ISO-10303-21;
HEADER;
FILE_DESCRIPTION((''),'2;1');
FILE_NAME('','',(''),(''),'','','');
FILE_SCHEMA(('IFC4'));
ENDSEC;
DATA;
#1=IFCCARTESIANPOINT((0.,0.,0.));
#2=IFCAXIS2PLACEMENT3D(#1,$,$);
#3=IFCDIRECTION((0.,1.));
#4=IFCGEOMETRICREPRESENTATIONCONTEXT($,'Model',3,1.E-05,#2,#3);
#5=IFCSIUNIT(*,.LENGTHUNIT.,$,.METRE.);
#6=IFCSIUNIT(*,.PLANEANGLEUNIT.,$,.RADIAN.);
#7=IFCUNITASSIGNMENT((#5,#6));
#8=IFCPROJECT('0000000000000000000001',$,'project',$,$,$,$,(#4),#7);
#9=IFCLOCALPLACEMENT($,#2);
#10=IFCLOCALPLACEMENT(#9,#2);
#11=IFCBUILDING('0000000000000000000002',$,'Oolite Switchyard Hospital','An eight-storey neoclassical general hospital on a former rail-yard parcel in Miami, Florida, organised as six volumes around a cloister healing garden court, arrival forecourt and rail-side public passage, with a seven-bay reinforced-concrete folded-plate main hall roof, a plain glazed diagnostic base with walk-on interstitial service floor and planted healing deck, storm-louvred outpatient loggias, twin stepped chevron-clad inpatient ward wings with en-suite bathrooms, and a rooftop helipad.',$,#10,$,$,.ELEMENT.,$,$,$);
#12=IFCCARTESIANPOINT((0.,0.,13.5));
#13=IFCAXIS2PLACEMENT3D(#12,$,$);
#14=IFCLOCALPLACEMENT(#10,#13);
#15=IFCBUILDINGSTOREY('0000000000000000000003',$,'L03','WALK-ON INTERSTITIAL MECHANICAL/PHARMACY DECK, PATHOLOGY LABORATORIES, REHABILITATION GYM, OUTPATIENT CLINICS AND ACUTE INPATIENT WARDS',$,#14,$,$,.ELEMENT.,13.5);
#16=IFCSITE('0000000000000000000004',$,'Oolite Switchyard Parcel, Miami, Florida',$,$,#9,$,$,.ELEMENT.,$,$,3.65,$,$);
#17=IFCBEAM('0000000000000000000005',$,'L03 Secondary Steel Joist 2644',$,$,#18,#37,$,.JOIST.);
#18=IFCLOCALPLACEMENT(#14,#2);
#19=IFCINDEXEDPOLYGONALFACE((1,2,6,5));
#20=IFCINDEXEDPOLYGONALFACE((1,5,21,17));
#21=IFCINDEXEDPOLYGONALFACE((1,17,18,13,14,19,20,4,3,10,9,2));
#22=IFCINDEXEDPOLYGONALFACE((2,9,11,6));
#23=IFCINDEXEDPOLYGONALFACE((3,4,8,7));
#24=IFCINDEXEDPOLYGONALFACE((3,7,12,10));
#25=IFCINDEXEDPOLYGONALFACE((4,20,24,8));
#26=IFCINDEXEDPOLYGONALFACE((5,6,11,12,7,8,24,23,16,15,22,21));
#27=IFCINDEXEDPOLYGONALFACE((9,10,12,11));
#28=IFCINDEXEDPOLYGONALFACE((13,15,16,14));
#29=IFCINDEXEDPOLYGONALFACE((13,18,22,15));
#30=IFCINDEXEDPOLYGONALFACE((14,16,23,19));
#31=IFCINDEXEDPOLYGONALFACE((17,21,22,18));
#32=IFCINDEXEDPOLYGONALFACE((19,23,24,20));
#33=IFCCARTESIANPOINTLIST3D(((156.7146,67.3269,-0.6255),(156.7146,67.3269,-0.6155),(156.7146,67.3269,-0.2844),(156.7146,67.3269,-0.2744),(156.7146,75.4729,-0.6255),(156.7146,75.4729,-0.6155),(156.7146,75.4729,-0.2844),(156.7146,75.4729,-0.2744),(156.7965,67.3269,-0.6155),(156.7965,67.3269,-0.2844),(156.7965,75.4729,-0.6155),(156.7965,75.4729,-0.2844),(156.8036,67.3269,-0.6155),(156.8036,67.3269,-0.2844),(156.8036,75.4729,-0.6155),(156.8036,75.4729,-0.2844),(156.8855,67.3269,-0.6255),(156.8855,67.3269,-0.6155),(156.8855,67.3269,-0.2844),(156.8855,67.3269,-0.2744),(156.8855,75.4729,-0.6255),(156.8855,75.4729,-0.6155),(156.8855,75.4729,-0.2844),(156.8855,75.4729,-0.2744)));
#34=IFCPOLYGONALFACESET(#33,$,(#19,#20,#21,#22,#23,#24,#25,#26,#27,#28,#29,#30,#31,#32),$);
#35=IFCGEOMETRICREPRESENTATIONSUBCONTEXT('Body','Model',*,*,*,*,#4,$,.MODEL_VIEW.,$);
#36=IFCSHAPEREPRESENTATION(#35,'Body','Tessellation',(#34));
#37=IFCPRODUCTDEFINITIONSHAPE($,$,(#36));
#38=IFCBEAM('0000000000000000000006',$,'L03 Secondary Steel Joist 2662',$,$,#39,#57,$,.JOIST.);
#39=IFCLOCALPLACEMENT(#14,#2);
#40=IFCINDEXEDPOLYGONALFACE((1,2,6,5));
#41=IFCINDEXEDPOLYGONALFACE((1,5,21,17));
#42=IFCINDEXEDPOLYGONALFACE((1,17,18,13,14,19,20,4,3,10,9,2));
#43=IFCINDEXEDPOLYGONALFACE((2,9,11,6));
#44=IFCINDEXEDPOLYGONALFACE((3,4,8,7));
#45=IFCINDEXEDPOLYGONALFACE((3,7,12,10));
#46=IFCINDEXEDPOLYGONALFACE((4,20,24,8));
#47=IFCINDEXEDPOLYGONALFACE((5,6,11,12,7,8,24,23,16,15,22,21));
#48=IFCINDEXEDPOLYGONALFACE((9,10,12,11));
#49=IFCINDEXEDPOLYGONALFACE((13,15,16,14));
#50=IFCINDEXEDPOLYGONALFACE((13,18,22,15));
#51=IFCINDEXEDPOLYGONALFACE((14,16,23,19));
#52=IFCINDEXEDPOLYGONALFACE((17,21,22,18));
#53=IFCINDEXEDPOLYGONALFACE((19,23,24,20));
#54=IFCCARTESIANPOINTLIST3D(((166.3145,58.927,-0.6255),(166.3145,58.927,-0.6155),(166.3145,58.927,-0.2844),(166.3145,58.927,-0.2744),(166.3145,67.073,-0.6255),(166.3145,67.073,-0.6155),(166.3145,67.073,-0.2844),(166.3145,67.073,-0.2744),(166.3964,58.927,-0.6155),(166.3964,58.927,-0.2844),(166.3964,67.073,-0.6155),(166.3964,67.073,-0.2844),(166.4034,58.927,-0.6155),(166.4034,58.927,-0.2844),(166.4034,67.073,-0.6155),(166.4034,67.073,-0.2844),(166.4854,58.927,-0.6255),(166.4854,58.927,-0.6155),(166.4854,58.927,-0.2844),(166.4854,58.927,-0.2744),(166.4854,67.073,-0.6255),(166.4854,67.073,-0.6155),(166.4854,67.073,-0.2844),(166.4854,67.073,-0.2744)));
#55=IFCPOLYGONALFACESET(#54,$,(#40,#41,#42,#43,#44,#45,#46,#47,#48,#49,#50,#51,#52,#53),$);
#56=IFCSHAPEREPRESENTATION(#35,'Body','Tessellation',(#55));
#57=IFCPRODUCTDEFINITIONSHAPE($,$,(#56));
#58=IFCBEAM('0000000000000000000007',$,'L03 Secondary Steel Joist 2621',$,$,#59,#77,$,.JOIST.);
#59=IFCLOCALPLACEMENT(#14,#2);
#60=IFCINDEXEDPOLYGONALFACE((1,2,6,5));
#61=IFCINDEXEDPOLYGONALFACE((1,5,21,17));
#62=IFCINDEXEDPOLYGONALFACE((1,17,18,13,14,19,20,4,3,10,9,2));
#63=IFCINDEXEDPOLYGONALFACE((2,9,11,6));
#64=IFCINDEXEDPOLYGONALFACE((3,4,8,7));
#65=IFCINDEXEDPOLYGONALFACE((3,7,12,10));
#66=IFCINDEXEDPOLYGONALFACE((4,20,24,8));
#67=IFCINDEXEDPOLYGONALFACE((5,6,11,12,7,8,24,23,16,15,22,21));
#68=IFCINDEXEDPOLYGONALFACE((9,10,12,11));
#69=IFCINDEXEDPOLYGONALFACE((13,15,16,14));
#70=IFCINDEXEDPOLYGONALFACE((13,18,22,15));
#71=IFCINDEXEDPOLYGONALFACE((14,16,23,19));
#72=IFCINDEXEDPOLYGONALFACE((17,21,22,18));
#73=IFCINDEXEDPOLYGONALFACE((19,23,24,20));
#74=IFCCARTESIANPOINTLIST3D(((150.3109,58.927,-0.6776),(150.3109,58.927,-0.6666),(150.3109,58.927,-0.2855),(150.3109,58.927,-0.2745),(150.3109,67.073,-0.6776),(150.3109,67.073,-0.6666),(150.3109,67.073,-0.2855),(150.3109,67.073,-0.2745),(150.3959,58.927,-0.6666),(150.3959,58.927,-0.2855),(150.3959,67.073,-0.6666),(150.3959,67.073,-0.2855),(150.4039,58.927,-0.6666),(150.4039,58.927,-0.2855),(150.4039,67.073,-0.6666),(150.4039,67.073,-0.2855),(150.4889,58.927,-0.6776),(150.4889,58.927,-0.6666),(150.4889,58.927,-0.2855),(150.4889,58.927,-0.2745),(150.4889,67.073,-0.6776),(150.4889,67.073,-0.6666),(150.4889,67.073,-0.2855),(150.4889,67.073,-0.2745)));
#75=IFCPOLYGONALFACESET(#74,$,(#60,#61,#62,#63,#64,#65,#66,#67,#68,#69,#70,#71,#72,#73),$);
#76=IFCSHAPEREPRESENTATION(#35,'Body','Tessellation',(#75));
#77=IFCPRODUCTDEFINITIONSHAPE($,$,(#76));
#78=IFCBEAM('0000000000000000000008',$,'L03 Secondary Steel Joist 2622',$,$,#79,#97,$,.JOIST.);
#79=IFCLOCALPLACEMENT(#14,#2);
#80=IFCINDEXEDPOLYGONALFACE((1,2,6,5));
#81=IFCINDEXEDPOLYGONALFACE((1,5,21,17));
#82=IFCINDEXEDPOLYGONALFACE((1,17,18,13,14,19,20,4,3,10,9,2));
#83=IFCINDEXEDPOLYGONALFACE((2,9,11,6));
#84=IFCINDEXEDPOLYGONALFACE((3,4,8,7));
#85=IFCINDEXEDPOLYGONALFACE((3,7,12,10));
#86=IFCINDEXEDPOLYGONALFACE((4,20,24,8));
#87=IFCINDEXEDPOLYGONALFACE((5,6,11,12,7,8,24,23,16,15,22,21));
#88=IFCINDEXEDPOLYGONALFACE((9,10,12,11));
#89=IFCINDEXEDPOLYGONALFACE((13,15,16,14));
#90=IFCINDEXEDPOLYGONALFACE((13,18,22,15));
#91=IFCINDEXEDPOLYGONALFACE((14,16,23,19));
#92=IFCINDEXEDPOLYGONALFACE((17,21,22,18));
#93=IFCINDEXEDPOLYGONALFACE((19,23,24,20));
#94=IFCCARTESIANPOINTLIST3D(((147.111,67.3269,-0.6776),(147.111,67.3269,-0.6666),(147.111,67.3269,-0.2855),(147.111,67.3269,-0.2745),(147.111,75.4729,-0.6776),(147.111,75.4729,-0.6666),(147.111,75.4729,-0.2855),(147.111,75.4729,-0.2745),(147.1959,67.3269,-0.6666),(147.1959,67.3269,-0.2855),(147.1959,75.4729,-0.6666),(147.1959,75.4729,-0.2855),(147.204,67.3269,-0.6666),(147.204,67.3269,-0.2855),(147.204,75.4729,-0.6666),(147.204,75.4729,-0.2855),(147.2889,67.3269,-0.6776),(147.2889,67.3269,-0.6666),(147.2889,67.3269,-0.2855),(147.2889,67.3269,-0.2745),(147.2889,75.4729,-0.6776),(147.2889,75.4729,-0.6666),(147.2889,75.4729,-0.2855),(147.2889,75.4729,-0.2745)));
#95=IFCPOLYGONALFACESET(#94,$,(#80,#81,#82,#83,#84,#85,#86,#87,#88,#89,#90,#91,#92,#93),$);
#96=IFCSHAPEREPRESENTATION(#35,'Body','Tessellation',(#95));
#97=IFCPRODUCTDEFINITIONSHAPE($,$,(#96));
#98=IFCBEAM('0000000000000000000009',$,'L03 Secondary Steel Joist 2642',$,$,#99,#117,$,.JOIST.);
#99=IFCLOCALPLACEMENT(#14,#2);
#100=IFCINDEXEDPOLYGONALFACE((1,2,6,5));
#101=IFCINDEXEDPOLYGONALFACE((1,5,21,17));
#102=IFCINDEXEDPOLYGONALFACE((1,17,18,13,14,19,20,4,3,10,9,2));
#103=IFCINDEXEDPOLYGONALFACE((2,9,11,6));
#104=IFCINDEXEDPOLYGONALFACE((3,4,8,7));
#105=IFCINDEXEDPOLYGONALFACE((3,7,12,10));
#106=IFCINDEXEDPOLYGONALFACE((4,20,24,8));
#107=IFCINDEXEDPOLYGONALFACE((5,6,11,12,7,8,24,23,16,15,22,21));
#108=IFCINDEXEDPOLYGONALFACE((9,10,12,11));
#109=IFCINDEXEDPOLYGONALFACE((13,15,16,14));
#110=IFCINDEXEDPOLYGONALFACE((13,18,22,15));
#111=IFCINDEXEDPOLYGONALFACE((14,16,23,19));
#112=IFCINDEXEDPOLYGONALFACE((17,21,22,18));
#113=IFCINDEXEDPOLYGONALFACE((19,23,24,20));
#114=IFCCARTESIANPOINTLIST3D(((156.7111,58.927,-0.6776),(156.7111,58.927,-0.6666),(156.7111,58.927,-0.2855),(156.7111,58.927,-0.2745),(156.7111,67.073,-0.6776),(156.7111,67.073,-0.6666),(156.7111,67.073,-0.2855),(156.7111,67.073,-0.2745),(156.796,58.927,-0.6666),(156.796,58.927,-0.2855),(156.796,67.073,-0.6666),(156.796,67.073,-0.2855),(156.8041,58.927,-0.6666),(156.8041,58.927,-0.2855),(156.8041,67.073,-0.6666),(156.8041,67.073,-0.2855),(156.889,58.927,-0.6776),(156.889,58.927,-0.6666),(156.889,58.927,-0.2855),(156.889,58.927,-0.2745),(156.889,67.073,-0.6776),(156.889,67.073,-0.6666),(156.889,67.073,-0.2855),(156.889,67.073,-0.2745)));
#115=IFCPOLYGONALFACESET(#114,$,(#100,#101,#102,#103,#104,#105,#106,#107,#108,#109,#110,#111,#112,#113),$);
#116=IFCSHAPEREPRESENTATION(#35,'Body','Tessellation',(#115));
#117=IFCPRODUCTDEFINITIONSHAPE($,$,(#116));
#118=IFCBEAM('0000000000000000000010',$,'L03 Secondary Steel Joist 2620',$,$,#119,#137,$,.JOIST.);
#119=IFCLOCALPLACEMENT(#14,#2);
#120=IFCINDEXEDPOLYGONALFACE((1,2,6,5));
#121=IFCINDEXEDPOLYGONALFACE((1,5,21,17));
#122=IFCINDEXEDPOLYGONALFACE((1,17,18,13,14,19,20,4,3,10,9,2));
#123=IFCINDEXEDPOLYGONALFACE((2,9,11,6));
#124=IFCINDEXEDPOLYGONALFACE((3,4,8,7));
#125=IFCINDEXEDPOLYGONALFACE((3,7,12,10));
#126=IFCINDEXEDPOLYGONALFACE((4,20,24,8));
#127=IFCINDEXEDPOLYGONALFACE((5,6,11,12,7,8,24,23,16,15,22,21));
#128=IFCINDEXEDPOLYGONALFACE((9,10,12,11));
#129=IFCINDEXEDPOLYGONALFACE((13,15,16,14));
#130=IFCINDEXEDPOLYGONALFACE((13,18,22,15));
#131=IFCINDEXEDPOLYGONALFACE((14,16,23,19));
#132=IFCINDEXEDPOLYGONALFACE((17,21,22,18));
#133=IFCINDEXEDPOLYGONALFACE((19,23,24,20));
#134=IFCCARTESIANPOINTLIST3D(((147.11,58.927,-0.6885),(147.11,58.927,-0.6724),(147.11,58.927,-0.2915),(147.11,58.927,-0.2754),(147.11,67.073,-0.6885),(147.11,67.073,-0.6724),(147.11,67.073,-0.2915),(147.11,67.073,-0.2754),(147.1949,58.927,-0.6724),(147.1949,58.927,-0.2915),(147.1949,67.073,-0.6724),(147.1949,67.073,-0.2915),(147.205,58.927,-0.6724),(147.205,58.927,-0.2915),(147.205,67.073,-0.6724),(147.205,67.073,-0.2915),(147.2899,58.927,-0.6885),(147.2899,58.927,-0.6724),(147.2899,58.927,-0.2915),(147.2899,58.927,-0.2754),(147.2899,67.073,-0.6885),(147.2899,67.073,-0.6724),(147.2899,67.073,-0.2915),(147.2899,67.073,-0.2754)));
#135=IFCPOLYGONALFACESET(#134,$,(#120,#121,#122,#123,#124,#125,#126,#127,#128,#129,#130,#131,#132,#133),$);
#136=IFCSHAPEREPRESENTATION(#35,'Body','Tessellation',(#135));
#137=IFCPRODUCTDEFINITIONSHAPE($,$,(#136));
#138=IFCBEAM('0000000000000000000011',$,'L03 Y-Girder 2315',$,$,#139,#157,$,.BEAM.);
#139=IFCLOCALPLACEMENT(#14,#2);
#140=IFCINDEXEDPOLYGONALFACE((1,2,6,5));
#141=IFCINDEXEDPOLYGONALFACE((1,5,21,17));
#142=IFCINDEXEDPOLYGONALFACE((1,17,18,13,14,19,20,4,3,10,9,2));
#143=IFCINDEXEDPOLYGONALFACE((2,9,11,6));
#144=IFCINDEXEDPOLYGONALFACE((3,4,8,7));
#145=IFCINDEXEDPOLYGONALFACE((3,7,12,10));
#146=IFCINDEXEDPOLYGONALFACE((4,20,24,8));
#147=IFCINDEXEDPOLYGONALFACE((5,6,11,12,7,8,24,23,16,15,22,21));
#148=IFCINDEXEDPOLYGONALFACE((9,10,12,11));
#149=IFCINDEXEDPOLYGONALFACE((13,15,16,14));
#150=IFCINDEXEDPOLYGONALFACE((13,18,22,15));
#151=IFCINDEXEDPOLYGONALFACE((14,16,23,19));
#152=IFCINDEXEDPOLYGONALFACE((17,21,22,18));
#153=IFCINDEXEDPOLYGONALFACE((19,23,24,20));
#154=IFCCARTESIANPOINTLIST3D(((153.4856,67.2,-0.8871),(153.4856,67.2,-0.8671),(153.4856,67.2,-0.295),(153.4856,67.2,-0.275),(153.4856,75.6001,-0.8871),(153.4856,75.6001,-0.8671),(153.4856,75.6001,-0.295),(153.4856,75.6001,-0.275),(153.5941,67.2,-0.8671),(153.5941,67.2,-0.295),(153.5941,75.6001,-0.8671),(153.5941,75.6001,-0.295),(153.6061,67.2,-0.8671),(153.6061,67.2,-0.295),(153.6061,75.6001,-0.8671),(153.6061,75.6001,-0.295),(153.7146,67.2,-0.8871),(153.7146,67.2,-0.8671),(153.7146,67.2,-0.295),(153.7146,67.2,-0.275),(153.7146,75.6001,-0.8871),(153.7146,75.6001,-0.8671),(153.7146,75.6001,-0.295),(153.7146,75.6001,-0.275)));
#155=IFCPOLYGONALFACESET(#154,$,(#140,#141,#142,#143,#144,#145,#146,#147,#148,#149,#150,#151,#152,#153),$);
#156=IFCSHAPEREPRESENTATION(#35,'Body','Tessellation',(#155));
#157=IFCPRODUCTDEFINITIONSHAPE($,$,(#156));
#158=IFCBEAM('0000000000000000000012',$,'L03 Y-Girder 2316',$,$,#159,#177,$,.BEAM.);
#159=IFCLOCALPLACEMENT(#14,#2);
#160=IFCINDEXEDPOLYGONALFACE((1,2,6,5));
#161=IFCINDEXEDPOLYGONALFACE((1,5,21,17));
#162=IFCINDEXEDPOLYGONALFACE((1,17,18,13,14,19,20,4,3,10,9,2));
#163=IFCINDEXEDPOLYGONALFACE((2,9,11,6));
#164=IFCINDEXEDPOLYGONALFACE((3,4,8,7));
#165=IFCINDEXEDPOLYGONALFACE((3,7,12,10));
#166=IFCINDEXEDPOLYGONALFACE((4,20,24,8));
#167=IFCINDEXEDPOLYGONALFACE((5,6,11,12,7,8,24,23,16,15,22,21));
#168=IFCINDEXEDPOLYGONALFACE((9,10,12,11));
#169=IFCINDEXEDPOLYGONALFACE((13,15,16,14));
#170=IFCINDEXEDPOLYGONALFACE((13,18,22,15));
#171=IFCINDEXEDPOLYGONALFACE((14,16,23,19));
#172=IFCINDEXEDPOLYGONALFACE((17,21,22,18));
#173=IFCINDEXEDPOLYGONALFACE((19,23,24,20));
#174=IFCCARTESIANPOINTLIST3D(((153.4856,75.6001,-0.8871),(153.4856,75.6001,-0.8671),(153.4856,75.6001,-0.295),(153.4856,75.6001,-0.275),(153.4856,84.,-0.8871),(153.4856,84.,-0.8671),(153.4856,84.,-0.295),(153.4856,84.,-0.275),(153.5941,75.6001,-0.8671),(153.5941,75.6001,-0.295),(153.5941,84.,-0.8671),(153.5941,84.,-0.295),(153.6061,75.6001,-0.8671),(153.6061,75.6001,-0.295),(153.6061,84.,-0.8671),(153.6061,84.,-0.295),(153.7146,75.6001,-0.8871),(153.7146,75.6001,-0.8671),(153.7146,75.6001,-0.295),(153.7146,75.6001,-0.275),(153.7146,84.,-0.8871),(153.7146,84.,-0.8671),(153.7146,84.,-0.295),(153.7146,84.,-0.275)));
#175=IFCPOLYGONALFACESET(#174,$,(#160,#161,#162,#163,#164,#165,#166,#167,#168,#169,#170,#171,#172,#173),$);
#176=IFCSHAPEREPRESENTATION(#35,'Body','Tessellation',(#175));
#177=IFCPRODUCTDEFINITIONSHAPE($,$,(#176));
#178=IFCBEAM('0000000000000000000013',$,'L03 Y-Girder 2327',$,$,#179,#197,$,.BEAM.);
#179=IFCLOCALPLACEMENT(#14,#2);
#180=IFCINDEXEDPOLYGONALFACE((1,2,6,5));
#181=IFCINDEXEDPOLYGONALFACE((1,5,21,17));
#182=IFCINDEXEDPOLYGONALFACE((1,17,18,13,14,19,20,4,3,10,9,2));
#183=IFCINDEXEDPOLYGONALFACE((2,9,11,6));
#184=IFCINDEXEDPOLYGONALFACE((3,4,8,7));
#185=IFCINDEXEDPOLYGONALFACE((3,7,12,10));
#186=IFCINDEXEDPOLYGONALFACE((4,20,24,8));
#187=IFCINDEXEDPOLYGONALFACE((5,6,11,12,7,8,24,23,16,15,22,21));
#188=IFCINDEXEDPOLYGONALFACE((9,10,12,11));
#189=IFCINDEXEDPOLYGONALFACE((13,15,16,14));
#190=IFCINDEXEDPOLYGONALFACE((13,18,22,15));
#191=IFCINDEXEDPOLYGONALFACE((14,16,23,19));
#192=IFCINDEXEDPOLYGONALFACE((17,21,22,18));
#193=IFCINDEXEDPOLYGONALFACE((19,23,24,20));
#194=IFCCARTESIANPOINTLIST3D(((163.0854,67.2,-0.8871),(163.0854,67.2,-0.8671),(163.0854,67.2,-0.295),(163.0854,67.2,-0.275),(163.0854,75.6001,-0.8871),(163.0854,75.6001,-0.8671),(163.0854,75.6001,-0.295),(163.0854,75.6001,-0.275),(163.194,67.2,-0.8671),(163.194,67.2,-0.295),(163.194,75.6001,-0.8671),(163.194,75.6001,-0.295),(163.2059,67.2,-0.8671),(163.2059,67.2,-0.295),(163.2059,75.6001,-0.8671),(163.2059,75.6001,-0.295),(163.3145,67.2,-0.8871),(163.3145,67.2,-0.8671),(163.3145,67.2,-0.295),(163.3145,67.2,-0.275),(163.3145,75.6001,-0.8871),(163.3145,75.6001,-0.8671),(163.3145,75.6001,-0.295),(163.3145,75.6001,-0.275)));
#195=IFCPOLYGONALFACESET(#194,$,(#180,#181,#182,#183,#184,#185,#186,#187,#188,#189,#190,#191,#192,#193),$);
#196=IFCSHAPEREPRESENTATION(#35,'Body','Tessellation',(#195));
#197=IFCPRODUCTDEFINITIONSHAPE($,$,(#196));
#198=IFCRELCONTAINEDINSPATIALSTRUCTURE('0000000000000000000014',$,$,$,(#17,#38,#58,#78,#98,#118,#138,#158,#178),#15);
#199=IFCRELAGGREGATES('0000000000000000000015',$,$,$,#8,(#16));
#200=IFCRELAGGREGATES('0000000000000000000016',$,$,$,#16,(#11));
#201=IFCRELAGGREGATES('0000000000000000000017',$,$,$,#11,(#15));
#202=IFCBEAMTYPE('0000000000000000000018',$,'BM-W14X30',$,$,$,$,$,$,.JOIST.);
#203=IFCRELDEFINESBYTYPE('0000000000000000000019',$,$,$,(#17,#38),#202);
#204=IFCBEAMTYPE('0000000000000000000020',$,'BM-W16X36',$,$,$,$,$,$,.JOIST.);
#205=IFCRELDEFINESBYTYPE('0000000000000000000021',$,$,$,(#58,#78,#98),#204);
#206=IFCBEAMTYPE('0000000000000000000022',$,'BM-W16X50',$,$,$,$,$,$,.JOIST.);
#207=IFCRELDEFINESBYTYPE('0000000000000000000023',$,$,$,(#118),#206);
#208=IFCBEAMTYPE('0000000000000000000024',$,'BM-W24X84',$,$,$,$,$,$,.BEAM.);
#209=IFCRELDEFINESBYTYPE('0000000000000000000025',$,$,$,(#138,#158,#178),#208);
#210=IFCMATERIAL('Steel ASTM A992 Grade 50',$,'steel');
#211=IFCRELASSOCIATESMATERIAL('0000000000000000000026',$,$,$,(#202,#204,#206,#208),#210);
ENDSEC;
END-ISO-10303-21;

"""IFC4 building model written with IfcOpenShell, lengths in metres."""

from ifc_helpers import new_model, si_unit, direction, frame, origin, origin_2d, place, context, subcontext, project, spatial, i_section, extrude, material, material_profile, profile_set, type_object, element, save


model = new_model("IFC4")

# Units and contexts
model_context = context("Model", 3, precision=1e-05, world=origin(), true_north=direction((0.0, 1.0)))
body_context = subcontext(model_context, "Body", "Model", "MODEL_VIEW")
ifc_project = project(units=[si_unit("LENGTHUNIT", "METRE"), si_unit("PLANEANGLEUNIT", "RADIAN")], contexts=[model_context])

# Site, building, storey
site_placement = place(None, origin())
site = spatial("IfcSite", under=ifc_project, at=site_placement, Name="Oolite Switchyard Parcel, Miami, Florida", CompositionType="ELEMENT", RefElevation=3.65)
building_placement = place(site_placement, origin())
building = spatial("IfcBuilding", under=site, at=building_placement, Name="Oolite Switchyard Hospital", Description="An eight-storey neoclassical general hospital on a former rail-yard parcel in Miami, Florida, organised as six volumes around a cloister healing garden court, arrival forecourt and rail-side public passage, with a seven-bay reinforced-concrete folded-plate main hall roof, a plain glazed diagnostic base with walk-on interstitial service floor and planted healing deck, storm-louvred outpatient loggias, twin stepped chevron-clad inpatient ward wings with en-suite bathrooms, and a rooftop helipad.", CompositionType="ELEMENT")
storey_placement = place(building_placement, frame((0.0, 0.0, 13.5)))
storey = spatial("IfcBuildingStorey", under=building, at=storey_placement, Name="L03", Description="WALK-ON INTERSTITIAL MECHANICAL/PHARMACY DECK, PATHOLOGY LABORATORIES, REHABILITATION GYM, OUTPATIENT CLINICS AND ACUTE INPATIENT WARDS", CompositionType="ELEMENT", Elevation=13.5)

# Beams
ifc_material_1 = material(Name="Steel ASTM A992 Grade 50", Category="steel")
ifc_material_profile_1 = material_profile(ifc_material_1, i_section(OverallWidth=0.1709, OverallDepth=0.3511, WebThickness=0.0071, FlangeThickness=0.01, at=origin_2d()), Name="W14X30")
ifc_profile_set_1 = profile_set([ifc_material_profile_1], Name="Steel ASTM A992 Grade 50")
beam_type_1 = type_object("IfcBeamType", Name="BM-W14X30", PredefinedType="JOIST", material=ifc_profile_set_1)
for number, where, z_axis, x_axis, name in (
    (1, (156.8, 67.3269, -0.45), (0.0, 1.0, 0.0), (-1.0, 0.0, 0.0), "L03 Secondary Steel Joist 2644"),
    (2, (166.3999, 58.927, -0.45), (0.0, 1.0, 0.0), (-1.0, 0.0, 0.0), "L03 Secondary Steel Joist 2662"),
):
    element("IfcBeam", number, at=place(storey_placement, frame(where, z_axis=z_axis, x_axis=x_axis)), inside=storey, type_object=beam_type_1, Name=name, PredefinedType="JOIST", context=body_context, shape_type="SweptSolid", body=[
        extrude(i_section(OverallWidth=0.1709, OverallDepth=0.3511, WebThickness=0.0071, FlangeThickness=0.01, at=origin_2d()), origin(), (0.0, 0.0, 1.0), 8.146),
    ])
ifc_material_profile_2 = material_profile(ifc_material_1, i_section(OverallWidth=0.178, OverallDepth=0.4031, WebThickness=0.0081, FlangeThickness=0.011, at=origin_2d()), Name="W16X36")
ifc_profile_set_2 = profile_set([ifc_material_profile_2], Name="Steel ASTM A992 Grade 50")
beam_type_2 = type_object("IfcBeamType", Name="BM-W16X36", PredefinedType="JOIST", material=ifc_profile_set_2)
for number, where, z_axis, x_axis, name in (
    (3, (150.3999, 58.927, -0.4761), (0.0, 1.0, 0.0), (-1.0, 0.0, 0.0), "L03 Secondary Steel Joist 2621"),
    (4, (147.2, 67.3269, -0.4761), (0.0, 1.0, 0.0), (-1.0, 0.0, 0.0), "L03 Secondary Steel Joist 2622"),
    (5, (156.8, 58.927, -0.4761), (0.0, 1.0, 0.0), (-1.0, 0.0, 0.0), "L03 Secondary Steel Joist 2642"),
):
    element("IfcBeam", number, at=place(storey_placement, frame(where, z_axis=z_axis, x_axis=x_axis)), inside=storey, type_object=beam_type_2, Name=name, PredefinedType="JOIST", context=body_context, shape_type="SweptSolid", body=[
        extrude(i_section(OverallWidth=0.178, OverallDepth=0.4031, WebThickness=0.0081, FlangeThickness=0.011, at=origin_2d()), origin(), (0.0, 0.0, 1.0), 8.146),
    ])
ifc_material_profile_3 = material_profile(ifc_material_1, i_section(OverallWidth=0.1799, OverallDepth=0.4131, WebThickness=0.01, FlangeThickness=0.0161, at=origin_2d()), Name="W16X50")
ifc_profile_set_3 = profile_set([ifc_material_profile_3], Name="Steel ASTM A992 Grade 50")
beam_type_3 = type_object("IfcBeamType", Name="BM-W16X50", PredefinedType="JOIST", material=ifc_profile_set_3)
beam_1_placement = place(storey_placement, frame((147.2, 58.927, -0.4819), z_axis=(0.0, 1.0, 0.0), x_axis=(-1.0, 0.0, 0.0)))
element("IfcBeam", 6, at=beam_1_placement, inside=storey, type_object=beam_type_3, Name="L03 Secondary Steel Joist 2620", PredefinedType="JOIST", context=body_context, shape_type="SweptSolid", body=[
    extrude(i_section(OverallWidth=0.1799, OverallDepth=0.4131, WebThickness=0.01, FlangeThickness=0.0161, at=origin_2d()), origin(), (0.0, 0.0, 1.0), 8.146),
])
ifc_material_profile_4 = material_profile(ifc_material_1, i_section(OverallWidth=0.229, OverallDepth=0.6121, WebThickness=0.012, FlangeThickness=0.02, at=origin_2d()), Name="W24X84")
ifc_profile_set_4 = profile_set([ifc_material_profile_4], Name="Steel ASTM A992 Grade 50")
beam_type_4 = type_object("IfcBeamType", Name="BM-W24X84", PredefinedType="BEAM", material=ifc_profile_set_4)
beam_2_placement = place(storey_placement, frame((153.6001, 67.2, -0.5811), z_axis=(0.0, 1.0, 0.0), x_axis=(-1.0, 0.0, 0.0)))
element("IfcBeam", 7, at=beam_2_placement, inside=storey, type_object=beam_type_4, Name="L03 Y-Girder 2315", PredefinedType="BEAM", context=body_context, shape_type="SweptSolid", body=[
    extrude(i_section(OverallWidth=0.229, OverallDepth=0.6121, WebThickness=0.012, FlangeThickness=0.02, at=origin_2d()), origin(), (0.0, 0.0, 1.0), 8.4001),
])
beam_3_placement = place(storey_placement, frame((153.6001, 75.6001, -0.5811), z_axis=(0.0, 1.0, 0.0), x_axis=(-1.0, 0.0, 0.0)))
element("IfcBeam", 8, at=beam_3_placement, inside=storey, type_object=beam_type_4, Name="L03 Y-Girder 2316", PredefinedType="BEAM", context=body_context, shape_type="SweptSolid", body=[
    extrude(i_section(OverallWidth=0.229, OverallDepth=0.6121, WebThickness=0.012, FlangeThickness=0.02, at=origin_2d()), origin(), (0.0, 0.0, 1.0), 8.3999),
])
beam_4_placement = place(storey_placement, frame((163.2, 67.2, -0.5811), z_axis=(0.0, 1.0, 0.0), x_axis=(-1.0, 0.0, 0.0)))
element("IfcBeam", 9, at=beam_4_placement, inside=storey, type_object=beam_type_4, Name="L03 Y-Girder 2327", PredefinedType="BEAM", context=body_context, shape_type="SweptSolid", body=[
    extrude(i_section(OverallWidth=0.229, OverallDepth=0.6121, WebThickness=0.012, FlangeThickness=0.02, at=origin_2d()), origin(), (0.0, 0.0, 1.0), 8.4001),
])

save(model, "model.ifc")
